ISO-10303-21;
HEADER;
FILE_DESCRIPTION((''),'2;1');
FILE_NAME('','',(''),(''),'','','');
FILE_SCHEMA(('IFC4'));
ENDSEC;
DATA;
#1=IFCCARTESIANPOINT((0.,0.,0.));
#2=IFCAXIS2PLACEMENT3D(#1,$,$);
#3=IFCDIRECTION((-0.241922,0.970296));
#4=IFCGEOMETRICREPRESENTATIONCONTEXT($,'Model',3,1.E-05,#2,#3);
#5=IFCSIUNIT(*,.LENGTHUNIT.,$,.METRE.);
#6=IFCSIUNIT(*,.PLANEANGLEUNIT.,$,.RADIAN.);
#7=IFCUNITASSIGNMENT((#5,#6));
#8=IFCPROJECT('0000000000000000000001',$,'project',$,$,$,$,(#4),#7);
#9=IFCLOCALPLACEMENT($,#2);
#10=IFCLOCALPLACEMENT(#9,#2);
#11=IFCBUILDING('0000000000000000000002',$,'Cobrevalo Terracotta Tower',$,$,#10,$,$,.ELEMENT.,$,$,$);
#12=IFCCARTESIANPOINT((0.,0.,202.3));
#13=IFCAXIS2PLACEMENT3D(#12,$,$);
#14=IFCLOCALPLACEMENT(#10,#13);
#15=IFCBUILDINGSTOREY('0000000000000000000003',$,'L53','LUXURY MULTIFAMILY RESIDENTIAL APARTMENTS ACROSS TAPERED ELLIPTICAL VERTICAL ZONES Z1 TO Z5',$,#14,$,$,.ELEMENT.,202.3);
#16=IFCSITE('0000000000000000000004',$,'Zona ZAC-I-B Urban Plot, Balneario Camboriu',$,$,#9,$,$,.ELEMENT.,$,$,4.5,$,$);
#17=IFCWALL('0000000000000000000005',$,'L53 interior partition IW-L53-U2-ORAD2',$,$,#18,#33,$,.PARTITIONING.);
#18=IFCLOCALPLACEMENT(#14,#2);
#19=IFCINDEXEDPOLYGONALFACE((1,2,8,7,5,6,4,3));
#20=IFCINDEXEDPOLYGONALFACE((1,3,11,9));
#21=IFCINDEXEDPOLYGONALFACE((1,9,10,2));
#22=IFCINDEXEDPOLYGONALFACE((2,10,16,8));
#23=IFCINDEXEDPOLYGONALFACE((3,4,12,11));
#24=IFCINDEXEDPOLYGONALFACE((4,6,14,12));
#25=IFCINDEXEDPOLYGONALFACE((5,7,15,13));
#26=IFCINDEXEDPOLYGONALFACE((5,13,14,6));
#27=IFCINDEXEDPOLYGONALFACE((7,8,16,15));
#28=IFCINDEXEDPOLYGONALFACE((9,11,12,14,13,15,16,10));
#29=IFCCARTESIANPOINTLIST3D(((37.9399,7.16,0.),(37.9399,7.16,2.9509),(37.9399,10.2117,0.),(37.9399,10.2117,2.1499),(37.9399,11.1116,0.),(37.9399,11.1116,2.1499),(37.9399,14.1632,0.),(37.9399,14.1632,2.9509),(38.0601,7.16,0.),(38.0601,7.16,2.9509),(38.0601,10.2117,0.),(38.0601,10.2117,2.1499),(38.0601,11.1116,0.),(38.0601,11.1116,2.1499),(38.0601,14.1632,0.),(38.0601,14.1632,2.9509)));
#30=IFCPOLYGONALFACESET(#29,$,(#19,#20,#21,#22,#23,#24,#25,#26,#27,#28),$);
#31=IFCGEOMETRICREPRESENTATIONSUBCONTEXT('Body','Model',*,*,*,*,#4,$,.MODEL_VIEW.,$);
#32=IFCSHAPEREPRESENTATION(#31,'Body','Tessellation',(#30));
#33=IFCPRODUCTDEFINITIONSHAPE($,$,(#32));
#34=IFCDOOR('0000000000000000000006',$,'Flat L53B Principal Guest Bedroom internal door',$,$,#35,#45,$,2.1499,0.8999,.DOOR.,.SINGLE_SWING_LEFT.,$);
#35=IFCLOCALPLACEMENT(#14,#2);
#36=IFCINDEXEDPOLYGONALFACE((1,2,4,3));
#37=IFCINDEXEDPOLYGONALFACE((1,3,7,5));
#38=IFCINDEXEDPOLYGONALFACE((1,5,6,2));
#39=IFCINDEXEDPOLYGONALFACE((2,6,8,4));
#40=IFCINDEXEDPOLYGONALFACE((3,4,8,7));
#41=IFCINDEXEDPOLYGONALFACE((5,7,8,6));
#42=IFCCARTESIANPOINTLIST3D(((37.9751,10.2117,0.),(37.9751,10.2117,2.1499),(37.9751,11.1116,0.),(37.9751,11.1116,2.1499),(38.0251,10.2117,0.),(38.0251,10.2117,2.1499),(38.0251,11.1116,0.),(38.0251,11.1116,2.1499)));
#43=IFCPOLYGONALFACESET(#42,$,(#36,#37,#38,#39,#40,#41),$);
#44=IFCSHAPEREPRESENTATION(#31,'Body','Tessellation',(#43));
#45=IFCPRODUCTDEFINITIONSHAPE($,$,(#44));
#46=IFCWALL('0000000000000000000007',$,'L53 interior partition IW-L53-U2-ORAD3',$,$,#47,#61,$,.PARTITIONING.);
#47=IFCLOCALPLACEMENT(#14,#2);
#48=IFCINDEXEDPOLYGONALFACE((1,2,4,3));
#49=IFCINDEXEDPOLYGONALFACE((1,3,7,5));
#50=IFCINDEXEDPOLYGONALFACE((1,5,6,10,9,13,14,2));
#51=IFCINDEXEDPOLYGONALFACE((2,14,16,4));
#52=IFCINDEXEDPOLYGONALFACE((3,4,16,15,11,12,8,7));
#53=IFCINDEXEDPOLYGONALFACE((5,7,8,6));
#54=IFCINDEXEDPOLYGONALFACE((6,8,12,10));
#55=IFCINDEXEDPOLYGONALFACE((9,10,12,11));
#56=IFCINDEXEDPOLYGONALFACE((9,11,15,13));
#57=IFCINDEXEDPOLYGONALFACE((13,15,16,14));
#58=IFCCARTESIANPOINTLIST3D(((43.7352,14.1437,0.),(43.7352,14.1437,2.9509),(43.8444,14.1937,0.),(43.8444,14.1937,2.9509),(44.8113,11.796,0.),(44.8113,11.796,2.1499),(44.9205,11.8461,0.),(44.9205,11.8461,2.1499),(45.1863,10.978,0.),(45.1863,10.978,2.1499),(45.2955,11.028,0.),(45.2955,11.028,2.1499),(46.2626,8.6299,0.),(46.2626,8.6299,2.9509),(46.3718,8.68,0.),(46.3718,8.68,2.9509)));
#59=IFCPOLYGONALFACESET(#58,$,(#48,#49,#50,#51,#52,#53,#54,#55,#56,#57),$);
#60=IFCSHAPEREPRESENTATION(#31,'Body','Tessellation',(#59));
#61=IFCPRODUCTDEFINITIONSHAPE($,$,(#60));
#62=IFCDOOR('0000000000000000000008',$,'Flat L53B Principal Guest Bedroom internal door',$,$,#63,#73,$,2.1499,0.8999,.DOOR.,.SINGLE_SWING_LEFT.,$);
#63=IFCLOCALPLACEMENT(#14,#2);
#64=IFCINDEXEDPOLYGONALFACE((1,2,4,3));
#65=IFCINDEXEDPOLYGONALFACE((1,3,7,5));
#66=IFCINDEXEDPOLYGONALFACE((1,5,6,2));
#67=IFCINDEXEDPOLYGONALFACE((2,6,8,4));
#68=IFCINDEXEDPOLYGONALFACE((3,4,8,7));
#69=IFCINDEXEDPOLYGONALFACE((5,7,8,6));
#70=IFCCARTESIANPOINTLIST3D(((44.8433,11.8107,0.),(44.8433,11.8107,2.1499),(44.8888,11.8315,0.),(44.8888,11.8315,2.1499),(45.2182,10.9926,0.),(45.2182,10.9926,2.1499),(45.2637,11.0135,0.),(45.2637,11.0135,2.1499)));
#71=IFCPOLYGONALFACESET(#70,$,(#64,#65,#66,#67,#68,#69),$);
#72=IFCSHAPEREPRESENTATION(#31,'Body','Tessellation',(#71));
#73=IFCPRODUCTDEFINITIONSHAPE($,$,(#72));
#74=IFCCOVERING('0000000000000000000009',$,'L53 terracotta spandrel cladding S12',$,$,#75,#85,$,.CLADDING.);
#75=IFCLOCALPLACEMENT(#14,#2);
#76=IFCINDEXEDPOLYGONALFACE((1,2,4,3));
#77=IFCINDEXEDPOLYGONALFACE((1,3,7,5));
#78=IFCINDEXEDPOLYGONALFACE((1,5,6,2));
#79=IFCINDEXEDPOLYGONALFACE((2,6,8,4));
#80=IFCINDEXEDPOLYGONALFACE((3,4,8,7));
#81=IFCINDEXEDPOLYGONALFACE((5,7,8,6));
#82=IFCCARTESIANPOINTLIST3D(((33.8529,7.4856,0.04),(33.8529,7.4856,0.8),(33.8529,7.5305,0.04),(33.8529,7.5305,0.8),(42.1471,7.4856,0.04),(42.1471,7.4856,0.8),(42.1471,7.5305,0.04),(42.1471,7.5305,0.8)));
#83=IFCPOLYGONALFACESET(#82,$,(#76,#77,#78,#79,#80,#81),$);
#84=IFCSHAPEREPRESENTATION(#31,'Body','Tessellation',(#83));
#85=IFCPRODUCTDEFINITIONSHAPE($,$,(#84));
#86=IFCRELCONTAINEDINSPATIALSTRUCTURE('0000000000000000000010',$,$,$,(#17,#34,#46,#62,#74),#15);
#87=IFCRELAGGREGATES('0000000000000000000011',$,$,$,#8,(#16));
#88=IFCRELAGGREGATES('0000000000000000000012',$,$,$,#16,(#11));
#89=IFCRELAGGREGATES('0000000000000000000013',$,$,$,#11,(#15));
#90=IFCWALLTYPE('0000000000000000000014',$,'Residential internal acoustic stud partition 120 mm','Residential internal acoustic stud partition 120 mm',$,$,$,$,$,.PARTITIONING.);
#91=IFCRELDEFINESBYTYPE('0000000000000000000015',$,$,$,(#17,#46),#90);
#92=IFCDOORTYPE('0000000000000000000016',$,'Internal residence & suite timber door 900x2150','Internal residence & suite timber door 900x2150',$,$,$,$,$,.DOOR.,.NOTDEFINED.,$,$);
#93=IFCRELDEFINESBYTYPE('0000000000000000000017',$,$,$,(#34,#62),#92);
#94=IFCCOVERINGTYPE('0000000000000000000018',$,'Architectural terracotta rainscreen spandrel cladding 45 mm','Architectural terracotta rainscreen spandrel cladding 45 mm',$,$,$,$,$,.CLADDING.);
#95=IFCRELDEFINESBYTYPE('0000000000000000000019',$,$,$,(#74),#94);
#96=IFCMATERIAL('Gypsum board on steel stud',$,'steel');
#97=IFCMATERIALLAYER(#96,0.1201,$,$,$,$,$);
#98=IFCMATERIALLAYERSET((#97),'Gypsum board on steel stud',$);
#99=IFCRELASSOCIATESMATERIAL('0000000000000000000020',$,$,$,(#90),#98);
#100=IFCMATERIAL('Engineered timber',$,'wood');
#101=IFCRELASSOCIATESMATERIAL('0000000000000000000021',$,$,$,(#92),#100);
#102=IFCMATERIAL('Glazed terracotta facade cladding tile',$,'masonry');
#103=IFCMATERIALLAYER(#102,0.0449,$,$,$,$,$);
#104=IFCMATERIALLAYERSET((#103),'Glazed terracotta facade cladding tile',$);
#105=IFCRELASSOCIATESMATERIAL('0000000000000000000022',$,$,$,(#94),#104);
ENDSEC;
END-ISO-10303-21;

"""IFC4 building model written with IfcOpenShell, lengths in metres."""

from ifc_helpers import new_model, si_unit, direction, frame, frame_2d, origin, origin_2d, place, context, subcontext, project, spatial, rectangle, extrude, source, transform, mapped, material, layer, layer_set, type_object, element, fill, save


model = new_model("IFC4")

# Units and contexts
model_context = context("Model", 3, precision=1e-05, world=origin(), true_north=direction((-0.241922, 0.970296)))
body_context = subcontext(model_context, "Body", "Model", "MODEL_VIEW")
ifc_project = project(units=[si_unit("LENGTHUNIT", "METRE"), si_unit("PLANEANGLEUNIT", "RADIAN")], contexts=[model_context])

# Site, building, storey
site_placement = place(None, origin())
site = spatial("IfcSite", under=ifc_project, at=site_placement, Name="Zona ZAC-I-B Urban Plot, Balneario Camboriu", CompositionType="ELEMENT", RefElevation=4.5)
building_placement = place(site_placement, origin())
building = spatial("IfcBuilding", under=site, at=building_placement, Name="Cobrevalo Terracotta Tower", CompositionType="ELEMENT")
storey_placement = place(building_placement, frame((0.0, 0.0, 202.3)))
storey = spatial("IfcBuildingStorey", under=building, at=storey_placement, Name="L53", Description="LUXURY MULTIFAMILY RESIDENTIAL APARTMENTS ACROSS TAPERED ELLIPTICAL VERTICAL ZONES Z1 TO Z5", CompositionType="ELEMENT", Elevation=202.3)

# Shared definitions
ifc_material_1 = material(Name="Gypsum board on steel stud", Category="steel")
ifc_layer_1 = layer(ifc_material_1, 0.1201)
ifc_layer_set_1 = layer_set([ifc_layer_1], Name="Gypsum board on steel stud")
wall_type = type_object("IfcWallType", Name="Residential internal acoustic stud partition 120 mm", Description="Residential internal acoustic stud partition 120 mm", PredefinedType="PARTITIONING", material=ifc_layer_set_1)

# Walls, openings, doors
wall_1_placement = place(storey_placement, frame((38.0, 14.1631, 0.0), z_axis=(0.0, 0.0, 1.0), x_axis=(0.0, -1.0, 0.0)))
wall_1 = element("IfcWall", 1, at=wall_1_placement, inside=storey, type_object=wall_type, Name="L53 interior partition IW-L53-U2-ORAD2", PredefinedType="PARTITIONING", context=body_context, shape_type="SweptSolid", body=[
    extrude(rectangle(XDim=7.0032, YDim=0.1201, at=frame_2d((3.5015, 0.0))), origin(), (0.0, 0.0, 1.0), 2.9509),
])
opening_1_placement = place(wall_1_placement, frame((3.0515, 0.0, 0.0)))
opening_1 = element("IfcOpeningElement", 2, at=opening_1_placement, cuts=wall_1, PredefinedType="OPENING", context=body_context, shape_type="SweptSolid", body=[
    extrude(rectangle(XDim=0.8999, YDim=2.1499, at=frame_2d((0.45, 1.075))), frame((0.0, 0.0701, 0.0), z_axis=(0.0, -1.0, 0.0), x_axis=(1.0, 0.0, 0.0)), (0.0, 0.0, 1.0), 0.1401),
])
ifc_material_2 = material(Name="Engineered timber", Category="wood")
door_type = type_object("IfcDoorType", Name="Internal residence & suite timber door 900x2150", Description="Internal residence & suite timber door 900x2150", OperationType="NOTDEFINED", PredefinedType="DOOR", material=ifc_material_2)
shared_shape_1 = source(origin(), body_context, "Body", "SweptSolid", [
    extrude(rectangle(XDim=0.8999, YDim=2.1499, at=frame_2d((0.45, 1.075))), frame((0.0, 0.0249, 0.0), z_axis=(0.0, -1.0, 0.0), x_axis=(1.0, 0.0, 0.0)), (0.0, 0.0, 1.0), 0.05),
])
door_1_placement = place(opening_1_placement, frame((0.8999, 0.0, 0.0), z_axis=(0.0, 0.0, 1.0), x_axis=(-1.0, 0.0, 0.0)))
door_1 = element("IfcDoor", 3, at=door_1_placement, inside=storey, type_object=door_type, Name="Flat L53B Principal Guest Bedroom internal door", OperationType="SINGLE_SWING_LEFT", OverallHeight=2.1499, OverallWidth=0.8999, PredefinedType="DOOR", context=body_context, shape_type="MappedRepresentation", body=[
    mapped(shared_shape_1, transform((0.0, 0.0, 0.0), scale=1.0)),
])
fill(opening_1, door_1)
wall_2_placement = place(storey_placement, frame((43.7898, 14.1687, 0.0), z_axis=(0.0, 0.0, 1.0), x_axis=(0.416688, -0.90905, 0.0)))
wall_2 = element("IfcWall", 4, at=wall_2_placement, inside=storey, type_object=wall_type, Name="L53 interior partition IW-L53-U2-ORAD3", PredefinedType="PARTITIONING", context=body_context, shape_type="SweptSolid", body=[
    extrude(rectangle(XDim=6.0654, YDim=0.1201, at=frame_2d((3.0327, 0.0))), origin(), (0.0, 0.0, 1.0), 2.9509),
])
opening_2_placement = place(wall_2_placement, frame((2.5825, 0.0, 0.0)))
opening_2 = element("IfcOpeningElement", 5, at=opening_2_placement, cuts=wall_2, PredefinedType="OPENING", context=body_context, shape_type="SweptSolid", body=[
    extrude(rectangle(XDim=0.8999, YDim=2.1499, at=frame_2d((0.45, 1.075))), frame((0.0, 0.0701, 0.0), z_axis=(0.0, -1.0, 0.0), x_axis=(1.0, 0.0, 0.0)), (0.0, 0.0, 1.0), 0.1401),
])
door_2_placement = place(opening_2_placement, frame((0.8999, 0.0, 0.0), z_axis=(0.0, 0.0, 1.0), x_axis=(-1.0, 0.0, 0.0)))
door_2 = element("IfcDoor", 6, at=door_2_placement, inside=storey, type_object=door_type, Name="Flat L53B Principal Guest Bedroom internal door", OperationType="SINGLE_SWING_LEFT", OverallHeight=2.1499, OverallWidth=0.8999, PredefinedType="DOOR", context=body_context, shape_type="MappedRepresentation", body=[
    mapped(shared_shape_1, transform((0.0, 0.0, 0.0), scale=1.0)),
])
fill(opening_2, door_2)

# Covering
ifc_material_3 = material(Name="Glazed terracotta facade cladding tile", Category="masonry")
ifc_layer_2 = layer(ifc_material_3, 0.0449)
ifc_layer_set_2 = layer_set([ifc_layer_2], Name="Glazed terracotta facade cladding tile")
covering_type = type_object("IfcCoveringType", Name="Architectural terracotta rainscreen spandrel cladding 45 mm", Description="Architectural terracotta rainscreen spandrel cladding 45 mm", PredefinedType="CLADDING", material=ifc_layer_set_2)
shared_shape_2 = source(origin(), body_context, "Body", "SweptSolid", [
    extrude(rectangle(XDim=8.2942, YDim=0.0449, at=origin_2d()), origin(), (0.0, 0.0, 1.0), 0.76),
])
covering_placement = place(storey_placement, frame((38.0, 7.5081, 0.04), z_axis=(0.0, 0.0, 1.0), x_axis=(1.0, 0.0, 0.0)))
element("IfcCovering", 7, at=covering_placement, inside=storey, type_object=covering_type, Name="L53 terracotta spandrel cladding S12", PredefinedType="CLADDING", context=body_context, shape_type="MappedRepresentation", body=[
    mapped(shared_shape_2, transform((0.0, 0.0, 0.0), scale=1.0)),
])

save(model, "model.ifc")
